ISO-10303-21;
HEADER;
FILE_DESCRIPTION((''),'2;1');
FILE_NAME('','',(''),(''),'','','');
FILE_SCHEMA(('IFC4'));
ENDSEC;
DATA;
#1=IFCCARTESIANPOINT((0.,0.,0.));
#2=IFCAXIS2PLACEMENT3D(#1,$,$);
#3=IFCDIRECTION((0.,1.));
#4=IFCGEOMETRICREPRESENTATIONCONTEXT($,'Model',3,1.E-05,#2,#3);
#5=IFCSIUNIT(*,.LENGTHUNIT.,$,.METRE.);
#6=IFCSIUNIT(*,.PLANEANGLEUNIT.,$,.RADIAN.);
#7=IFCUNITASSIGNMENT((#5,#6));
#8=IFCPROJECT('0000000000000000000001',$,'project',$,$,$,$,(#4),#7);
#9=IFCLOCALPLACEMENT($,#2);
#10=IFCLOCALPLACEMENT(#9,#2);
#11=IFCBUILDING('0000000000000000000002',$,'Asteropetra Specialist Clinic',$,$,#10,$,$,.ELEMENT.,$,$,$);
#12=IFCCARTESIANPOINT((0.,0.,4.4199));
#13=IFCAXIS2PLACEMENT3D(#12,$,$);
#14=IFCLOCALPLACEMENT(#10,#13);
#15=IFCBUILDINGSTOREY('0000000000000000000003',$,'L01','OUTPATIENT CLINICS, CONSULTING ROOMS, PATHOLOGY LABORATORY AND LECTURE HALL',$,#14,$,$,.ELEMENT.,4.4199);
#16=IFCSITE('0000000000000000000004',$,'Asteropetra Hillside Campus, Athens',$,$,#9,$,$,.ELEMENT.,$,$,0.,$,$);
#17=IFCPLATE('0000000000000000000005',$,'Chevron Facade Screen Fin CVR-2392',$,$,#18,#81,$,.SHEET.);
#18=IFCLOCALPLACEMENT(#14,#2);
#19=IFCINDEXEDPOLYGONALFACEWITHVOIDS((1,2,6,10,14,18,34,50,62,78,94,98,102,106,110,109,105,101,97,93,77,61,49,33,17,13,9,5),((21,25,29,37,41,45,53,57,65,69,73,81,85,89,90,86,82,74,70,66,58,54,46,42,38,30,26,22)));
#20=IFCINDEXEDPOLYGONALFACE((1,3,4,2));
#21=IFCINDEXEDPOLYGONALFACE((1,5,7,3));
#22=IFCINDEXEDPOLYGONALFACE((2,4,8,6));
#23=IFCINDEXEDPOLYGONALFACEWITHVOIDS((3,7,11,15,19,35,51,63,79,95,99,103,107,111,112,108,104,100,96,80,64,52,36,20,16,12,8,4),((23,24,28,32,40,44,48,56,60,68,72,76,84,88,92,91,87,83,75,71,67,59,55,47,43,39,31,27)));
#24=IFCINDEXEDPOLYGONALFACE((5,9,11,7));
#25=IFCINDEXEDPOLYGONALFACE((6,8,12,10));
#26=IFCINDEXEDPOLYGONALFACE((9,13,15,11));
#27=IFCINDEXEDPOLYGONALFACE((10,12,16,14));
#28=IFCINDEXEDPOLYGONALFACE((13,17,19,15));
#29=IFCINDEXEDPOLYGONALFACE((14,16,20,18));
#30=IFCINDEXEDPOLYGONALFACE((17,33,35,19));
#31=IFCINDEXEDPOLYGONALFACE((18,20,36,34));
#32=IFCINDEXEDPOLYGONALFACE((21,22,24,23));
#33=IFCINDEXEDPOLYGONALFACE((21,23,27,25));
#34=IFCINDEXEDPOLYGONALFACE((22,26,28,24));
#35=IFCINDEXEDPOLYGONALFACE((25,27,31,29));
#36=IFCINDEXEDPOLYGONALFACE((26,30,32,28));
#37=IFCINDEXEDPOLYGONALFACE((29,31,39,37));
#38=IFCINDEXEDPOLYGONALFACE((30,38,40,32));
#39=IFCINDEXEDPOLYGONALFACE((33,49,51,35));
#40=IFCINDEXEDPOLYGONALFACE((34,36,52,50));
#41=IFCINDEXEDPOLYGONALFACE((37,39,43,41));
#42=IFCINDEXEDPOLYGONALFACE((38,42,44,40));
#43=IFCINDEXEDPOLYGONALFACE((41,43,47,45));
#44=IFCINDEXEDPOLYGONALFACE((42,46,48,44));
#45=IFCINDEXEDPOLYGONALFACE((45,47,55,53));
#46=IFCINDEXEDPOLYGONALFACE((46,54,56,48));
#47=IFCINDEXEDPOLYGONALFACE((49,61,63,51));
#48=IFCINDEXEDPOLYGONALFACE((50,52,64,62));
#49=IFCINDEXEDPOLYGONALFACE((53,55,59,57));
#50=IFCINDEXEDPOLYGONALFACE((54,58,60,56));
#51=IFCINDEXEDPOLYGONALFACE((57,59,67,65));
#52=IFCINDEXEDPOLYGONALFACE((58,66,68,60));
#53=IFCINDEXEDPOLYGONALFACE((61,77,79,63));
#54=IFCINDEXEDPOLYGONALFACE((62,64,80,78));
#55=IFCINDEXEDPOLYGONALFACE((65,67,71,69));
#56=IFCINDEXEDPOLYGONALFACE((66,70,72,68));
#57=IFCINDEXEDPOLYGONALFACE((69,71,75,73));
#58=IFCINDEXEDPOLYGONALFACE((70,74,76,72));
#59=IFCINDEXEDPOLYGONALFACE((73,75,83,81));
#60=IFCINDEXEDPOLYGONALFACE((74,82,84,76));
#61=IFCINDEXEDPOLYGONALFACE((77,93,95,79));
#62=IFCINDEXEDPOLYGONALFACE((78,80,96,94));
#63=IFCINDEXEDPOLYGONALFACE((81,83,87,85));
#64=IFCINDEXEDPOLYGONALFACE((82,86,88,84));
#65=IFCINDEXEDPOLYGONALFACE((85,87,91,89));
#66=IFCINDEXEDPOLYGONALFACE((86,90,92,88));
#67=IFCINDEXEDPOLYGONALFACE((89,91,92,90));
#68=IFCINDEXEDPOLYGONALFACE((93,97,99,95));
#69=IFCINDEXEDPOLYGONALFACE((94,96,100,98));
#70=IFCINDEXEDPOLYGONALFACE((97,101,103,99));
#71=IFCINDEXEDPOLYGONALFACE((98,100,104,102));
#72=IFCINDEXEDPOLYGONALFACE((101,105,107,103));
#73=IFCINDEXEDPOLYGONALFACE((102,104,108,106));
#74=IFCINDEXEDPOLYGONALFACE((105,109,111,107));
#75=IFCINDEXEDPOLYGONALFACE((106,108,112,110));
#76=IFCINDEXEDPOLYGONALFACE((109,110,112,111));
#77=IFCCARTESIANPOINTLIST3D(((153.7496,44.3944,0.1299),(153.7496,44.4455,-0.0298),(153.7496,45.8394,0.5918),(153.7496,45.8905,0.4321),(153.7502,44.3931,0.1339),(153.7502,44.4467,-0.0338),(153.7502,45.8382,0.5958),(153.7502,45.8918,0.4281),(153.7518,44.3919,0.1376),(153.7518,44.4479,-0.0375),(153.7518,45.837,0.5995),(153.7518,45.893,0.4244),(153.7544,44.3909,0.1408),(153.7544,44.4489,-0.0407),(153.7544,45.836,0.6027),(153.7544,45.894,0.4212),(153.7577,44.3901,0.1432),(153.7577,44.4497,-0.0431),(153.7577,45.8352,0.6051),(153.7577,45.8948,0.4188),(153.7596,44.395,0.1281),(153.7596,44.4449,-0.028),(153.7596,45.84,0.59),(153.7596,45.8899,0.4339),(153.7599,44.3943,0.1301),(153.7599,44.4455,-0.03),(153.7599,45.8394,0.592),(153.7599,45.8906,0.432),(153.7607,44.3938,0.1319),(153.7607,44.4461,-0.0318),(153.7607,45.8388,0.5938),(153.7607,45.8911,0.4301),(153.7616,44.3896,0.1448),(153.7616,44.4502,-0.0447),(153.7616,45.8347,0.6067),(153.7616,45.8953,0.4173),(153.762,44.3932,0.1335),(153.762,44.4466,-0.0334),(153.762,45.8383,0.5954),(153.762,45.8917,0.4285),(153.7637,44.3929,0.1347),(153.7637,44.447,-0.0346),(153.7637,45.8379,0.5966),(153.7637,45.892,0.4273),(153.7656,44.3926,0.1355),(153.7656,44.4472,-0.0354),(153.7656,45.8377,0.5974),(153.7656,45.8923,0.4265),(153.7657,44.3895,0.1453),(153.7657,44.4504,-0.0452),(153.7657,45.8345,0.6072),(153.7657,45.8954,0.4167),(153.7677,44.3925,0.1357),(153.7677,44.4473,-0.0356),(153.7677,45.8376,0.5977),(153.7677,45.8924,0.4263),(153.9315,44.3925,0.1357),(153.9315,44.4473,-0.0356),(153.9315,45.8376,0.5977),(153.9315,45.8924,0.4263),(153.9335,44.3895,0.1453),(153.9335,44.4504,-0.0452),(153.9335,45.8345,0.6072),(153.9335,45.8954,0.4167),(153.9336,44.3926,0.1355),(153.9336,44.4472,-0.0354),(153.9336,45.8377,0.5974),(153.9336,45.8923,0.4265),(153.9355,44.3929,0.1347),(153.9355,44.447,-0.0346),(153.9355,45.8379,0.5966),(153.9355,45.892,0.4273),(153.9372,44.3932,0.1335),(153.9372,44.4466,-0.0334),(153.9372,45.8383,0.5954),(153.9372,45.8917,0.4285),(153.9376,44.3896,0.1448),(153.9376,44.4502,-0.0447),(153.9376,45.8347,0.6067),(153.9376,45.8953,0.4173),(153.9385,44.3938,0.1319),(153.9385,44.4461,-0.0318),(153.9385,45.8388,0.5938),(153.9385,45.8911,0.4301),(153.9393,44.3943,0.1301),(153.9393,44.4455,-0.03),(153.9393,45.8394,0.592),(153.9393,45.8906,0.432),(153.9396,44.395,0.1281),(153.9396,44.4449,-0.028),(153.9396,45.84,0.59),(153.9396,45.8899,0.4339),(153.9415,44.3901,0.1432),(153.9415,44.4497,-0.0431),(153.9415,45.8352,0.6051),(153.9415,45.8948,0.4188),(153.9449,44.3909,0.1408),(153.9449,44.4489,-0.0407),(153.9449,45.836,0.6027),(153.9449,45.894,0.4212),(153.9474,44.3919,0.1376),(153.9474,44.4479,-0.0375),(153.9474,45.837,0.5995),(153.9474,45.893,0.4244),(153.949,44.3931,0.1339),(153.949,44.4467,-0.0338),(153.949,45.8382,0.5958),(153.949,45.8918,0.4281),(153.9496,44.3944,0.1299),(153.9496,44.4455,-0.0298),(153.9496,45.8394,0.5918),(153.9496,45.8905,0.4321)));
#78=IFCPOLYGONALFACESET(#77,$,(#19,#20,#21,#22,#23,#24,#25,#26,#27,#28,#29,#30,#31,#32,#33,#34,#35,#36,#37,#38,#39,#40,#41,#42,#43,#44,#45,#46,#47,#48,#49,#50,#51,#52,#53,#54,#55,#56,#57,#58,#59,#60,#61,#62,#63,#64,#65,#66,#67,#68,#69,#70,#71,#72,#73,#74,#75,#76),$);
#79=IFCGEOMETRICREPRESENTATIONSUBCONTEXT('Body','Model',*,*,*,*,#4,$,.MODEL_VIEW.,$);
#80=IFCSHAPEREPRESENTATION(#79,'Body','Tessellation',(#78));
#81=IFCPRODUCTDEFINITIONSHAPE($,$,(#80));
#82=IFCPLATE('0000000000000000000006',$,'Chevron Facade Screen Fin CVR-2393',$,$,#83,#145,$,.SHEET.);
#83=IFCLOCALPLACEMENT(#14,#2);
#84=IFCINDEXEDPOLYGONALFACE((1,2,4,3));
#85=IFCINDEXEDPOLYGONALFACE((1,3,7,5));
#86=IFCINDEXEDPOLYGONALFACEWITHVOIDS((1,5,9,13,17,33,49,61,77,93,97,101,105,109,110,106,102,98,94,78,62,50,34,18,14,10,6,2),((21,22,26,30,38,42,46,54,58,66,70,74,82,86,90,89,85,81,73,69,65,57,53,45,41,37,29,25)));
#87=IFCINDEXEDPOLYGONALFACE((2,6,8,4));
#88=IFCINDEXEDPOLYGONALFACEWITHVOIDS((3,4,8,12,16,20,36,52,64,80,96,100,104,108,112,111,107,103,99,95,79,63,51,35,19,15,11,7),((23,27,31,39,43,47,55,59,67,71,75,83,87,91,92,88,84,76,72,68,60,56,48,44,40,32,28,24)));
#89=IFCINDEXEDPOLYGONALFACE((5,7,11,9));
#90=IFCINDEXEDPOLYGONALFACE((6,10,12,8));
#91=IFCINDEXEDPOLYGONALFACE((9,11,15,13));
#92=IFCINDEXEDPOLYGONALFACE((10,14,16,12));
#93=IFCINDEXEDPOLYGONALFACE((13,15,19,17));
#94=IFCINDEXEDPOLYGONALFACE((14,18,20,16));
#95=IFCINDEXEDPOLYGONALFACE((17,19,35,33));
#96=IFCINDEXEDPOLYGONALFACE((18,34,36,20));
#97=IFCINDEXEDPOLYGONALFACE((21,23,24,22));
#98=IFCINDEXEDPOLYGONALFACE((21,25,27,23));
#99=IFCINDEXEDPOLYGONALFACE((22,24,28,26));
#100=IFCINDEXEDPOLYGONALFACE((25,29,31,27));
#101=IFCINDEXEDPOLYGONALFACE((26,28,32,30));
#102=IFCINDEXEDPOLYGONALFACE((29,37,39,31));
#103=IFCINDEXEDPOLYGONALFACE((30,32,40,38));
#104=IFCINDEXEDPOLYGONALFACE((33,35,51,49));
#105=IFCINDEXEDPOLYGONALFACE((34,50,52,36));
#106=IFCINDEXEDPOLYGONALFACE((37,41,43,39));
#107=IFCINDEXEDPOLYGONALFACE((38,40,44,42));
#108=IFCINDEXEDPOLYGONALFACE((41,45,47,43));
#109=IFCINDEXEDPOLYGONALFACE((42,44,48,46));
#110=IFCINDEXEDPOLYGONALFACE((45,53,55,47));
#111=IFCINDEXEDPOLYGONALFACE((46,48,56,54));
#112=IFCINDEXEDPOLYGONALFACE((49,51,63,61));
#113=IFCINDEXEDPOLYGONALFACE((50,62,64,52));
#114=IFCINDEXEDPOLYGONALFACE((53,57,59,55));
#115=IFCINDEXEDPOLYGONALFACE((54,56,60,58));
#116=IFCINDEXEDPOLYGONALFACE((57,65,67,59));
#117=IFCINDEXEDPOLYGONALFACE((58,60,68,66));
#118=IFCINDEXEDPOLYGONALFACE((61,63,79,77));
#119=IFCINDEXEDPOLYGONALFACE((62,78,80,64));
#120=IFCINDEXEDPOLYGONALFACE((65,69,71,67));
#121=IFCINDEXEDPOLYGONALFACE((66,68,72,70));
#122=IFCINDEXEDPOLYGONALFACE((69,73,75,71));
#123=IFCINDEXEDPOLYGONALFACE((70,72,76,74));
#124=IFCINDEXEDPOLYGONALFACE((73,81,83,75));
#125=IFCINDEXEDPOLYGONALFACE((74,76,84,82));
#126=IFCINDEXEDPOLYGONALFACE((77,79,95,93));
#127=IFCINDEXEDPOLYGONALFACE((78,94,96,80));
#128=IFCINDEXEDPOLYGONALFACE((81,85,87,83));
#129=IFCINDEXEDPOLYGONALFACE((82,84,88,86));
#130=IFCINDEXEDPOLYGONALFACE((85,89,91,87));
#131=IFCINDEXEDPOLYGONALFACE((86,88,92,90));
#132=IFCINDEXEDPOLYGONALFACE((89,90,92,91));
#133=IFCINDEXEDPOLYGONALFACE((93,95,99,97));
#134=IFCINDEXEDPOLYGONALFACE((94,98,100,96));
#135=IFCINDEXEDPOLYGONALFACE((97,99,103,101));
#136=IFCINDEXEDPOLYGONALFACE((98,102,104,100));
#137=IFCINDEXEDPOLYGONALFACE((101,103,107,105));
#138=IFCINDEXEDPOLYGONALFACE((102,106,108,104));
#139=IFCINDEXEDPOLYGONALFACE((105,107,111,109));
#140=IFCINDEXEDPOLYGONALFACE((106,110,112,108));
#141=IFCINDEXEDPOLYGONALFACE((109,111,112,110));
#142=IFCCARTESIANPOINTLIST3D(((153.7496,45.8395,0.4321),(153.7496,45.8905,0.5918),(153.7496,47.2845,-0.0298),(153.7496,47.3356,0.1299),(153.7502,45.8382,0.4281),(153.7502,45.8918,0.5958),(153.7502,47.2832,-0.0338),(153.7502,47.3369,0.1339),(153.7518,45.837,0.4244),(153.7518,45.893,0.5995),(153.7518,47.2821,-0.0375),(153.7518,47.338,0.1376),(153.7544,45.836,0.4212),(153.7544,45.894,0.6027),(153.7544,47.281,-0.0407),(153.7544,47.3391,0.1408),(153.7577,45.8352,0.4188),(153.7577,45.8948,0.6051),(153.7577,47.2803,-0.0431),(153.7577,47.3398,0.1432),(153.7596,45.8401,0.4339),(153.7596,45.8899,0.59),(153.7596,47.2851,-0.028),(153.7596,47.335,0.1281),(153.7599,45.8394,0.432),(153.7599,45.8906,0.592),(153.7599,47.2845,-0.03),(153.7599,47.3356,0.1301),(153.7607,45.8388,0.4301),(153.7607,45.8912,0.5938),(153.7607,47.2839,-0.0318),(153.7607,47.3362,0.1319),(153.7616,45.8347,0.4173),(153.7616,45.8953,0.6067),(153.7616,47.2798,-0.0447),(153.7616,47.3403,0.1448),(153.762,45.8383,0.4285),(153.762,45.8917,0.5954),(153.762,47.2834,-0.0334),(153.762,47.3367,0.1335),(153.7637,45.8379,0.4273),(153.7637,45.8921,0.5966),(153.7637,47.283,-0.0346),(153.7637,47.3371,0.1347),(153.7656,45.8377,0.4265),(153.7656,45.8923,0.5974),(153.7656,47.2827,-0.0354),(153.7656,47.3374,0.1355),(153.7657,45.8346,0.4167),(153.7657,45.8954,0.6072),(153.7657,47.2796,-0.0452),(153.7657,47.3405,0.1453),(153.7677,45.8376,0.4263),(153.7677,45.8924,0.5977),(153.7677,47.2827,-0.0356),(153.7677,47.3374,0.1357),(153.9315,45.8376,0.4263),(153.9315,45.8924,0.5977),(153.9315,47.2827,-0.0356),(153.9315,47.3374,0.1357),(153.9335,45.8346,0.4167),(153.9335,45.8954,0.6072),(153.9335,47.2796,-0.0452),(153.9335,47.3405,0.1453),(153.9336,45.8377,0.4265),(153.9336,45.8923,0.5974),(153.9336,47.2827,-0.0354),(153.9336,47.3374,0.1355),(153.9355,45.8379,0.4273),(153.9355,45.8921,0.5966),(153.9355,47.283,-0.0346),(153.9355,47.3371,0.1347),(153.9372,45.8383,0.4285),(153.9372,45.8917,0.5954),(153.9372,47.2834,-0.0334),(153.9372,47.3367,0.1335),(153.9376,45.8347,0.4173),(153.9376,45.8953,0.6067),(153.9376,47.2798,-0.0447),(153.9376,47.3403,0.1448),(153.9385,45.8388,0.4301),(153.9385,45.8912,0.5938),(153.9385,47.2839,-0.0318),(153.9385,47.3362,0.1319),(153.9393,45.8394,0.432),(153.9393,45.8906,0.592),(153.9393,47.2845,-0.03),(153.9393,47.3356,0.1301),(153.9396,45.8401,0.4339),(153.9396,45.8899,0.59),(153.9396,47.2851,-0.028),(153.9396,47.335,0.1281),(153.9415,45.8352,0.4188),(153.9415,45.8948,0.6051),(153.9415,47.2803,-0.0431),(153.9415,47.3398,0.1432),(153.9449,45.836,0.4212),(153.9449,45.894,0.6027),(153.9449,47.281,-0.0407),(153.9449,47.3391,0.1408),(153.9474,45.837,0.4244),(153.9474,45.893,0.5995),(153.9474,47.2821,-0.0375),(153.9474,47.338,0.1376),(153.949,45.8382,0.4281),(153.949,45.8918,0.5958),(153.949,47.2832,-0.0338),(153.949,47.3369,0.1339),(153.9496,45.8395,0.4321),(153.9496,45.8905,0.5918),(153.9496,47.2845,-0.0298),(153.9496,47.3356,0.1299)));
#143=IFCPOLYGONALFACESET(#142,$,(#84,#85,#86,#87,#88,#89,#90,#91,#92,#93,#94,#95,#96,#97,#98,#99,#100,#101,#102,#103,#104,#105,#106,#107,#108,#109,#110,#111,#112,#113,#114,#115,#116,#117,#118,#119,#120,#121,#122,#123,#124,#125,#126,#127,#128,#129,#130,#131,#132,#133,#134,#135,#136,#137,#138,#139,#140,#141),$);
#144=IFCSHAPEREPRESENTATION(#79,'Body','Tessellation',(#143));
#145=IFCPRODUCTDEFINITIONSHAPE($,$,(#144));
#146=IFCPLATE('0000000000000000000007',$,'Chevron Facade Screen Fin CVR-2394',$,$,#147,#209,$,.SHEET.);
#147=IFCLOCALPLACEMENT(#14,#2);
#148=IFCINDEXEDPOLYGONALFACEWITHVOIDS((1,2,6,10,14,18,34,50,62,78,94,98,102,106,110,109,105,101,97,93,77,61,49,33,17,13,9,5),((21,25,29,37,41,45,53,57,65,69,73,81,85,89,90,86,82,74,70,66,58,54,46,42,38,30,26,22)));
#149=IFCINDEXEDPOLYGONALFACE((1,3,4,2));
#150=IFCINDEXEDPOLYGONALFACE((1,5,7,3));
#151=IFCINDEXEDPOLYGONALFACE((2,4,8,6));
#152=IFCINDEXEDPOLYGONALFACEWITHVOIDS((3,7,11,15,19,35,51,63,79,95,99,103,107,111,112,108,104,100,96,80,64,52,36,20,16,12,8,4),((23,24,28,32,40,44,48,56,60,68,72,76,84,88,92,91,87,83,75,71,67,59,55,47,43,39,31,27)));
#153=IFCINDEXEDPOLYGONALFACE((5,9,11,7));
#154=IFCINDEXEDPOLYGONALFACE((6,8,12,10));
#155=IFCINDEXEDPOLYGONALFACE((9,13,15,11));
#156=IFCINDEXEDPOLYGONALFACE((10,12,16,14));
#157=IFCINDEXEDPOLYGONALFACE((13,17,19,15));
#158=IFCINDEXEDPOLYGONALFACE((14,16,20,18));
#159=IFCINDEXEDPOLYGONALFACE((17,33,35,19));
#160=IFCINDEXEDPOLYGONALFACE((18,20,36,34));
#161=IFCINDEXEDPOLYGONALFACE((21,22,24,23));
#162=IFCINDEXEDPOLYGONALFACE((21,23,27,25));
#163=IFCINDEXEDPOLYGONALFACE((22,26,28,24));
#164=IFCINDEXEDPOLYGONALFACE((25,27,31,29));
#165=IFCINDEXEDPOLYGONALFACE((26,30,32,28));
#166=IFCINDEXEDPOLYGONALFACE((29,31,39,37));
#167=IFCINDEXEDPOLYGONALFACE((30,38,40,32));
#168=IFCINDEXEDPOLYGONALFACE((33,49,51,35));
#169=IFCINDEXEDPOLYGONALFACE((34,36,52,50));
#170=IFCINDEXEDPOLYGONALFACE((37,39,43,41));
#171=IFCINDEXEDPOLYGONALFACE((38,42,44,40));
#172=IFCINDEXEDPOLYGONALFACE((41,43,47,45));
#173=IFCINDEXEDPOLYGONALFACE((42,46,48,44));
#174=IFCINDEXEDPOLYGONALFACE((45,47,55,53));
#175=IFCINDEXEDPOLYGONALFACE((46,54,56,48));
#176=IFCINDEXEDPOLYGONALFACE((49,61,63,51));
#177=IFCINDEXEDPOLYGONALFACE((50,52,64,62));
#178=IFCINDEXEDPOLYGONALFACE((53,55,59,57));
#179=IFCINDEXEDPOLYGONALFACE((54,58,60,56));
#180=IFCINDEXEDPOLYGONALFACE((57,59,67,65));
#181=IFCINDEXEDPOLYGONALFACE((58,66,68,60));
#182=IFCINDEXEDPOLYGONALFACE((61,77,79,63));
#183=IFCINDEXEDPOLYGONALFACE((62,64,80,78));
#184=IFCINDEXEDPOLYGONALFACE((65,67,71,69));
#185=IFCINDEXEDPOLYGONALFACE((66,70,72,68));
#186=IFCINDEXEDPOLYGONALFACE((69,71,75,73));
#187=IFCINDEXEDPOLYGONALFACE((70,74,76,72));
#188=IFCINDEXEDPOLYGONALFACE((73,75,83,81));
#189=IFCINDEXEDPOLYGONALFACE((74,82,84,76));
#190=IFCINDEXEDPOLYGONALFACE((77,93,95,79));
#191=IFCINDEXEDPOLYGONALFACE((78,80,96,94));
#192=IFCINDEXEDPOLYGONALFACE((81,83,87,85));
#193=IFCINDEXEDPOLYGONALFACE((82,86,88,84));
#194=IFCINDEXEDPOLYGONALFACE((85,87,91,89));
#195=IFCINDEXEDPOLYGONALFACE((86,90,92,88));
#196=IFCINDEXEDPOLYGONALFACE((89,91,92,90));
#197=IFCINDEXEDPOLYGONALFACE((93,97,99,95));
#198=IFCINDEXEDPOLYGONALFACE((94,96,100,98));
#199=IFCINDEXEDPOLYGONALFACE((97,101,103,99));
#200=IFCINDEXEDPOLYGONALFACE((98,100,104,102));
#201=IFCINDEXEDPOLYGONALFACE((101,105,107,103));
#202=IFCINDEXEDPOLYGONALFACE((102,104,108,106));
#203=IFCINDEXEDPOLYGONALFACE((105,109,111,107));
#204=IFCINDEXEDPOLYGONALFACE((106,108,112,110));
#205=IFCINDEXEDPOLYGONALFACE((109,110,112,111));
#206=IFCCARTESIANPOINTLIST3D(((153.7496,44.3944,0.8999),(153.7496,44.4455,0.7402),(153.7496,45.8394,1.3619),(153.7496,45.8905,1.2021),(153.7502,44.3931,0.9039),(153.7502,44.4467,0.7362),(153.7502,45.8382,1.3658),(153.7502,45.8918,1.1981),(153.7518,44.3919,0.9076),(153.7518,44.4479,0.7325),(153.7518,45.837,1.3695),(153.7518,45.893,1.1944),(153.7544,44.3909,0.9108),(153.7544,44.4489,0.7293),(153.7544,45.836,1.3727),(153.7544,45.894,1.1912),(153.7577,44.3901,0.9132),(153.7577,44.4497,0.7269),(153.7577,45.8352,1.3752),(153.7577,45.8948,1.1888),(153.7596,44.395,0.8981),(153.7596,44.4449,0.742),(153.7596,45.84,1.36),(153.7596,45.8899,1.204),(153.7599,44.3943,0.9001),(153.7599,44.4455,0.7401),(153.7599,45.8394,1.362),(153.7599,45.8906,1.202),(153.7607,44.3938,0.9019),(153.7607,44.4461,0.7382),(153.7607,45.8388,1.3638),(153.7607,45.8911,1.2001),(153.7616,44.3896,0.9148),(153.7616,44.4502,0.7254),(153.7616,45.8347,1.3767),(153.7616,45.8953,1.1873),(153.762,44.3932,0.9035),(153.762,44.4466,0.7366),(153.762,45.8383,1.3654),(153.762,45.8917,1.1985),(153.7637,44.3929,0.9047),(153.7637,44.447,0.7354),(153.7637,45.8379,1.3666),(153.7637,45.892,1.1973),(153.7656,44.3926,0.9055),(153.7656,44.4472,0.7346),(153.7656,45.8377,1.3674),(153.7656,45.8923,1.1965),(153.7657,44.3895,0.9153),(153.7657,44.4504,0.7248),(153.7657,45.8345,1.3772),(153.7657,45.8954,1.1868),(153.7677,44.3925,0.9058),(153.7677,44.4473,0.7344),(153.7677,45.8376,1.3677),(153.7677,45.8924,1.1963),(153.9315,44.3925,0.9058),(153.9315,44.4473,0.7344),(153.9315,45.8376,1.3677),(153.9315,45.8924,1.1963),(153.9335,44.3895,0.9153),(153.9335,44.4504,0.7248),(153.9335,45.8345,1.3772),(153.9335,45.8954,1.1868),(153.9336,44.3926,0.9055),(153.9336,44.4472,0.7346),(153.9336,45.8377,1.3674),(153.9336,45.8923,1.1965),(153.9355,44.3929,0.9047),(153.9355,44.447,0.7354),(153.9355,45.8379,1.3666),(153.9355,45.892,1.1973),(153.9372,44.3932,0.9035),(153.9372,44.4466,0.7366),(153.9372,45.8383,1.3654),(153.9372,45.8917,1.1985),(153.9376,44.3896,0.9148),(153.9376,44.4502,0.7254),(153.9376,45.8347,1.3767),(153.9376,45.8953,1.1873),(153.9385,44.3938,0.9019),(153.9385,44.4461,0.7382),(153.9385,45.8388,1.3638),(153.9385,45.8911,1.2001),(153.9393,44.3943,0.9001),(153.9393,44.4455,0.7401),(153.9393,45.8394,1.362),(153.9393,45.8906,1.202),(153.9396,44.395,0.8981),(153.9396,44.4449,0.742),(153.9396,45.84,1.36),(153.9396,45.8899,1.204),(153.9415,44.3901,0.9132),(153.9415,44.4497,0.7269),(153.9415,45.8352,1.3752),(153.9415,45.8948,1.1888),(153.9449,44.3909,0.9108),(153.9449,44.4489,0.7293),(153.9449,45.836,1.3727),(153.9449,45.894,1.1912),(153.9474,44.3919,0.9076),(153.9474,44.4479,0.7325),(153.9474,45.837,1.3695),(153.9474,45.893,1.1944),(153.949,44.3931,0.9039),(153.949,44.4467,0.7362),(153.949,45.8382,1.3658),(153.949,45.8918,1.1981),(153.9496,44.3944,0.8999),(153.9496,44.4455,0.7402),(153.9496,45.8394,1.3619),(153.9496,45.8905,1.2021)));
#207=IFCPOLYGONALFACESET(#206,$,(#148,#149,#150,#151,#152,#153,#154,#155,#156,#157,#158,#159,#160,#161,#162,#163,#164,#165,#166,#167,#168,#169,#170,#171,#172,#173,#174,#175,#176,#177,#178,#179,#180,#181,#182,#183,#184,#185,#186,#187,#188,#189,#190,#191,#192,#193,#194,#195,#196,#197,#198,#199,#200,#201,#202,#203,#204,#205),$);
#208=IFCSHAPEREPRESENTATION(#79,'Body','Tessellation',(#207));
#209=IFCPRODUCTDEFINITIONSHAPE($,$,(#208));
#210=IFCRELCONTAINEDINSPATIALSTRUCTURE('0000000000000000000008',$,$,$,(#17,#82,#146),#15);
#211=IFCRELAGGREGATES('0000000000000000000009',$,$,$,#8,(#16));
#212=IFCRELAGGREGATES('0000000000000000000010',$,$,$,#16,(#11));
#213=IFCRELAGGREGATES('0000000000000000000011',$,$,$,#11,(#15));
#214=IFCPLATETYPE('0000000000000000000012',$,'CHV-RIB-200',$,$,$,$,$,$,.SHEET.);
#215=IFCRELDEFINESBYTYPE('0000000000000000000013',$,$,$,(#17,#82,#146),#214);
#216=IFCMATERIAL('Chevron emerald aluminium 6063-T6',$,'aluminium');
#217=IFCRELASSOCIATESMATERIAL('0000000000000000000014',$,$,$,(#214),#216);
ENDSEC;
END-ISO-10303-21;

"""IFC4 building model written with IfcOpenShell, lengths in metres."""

from ifc_helpers import new_model, si_unit, direction, frame, origin, origin_2d, place, context, subcontext, project, spatial, hollow_rectangle, extrude, material, material_profile, profile_set, type_object, element, save


model = new_model("IFC4")

# Units and contexts
model_context = context("Model", 3, precision=1e-05, world=origin(), true_north=direction((0.0, 1.0)))
body_context = subcontext(model_context, "Body", "Model", "MODEL_VIEW")
ifc_project = project(units=[si_unit("LENGTHUNIT", "METRE"), si_unit("PLANEANGLEUNIT", "RADIAN")], contexts=[model_context])

# Site, building, storey
site_placement = place(None, origin())
site = spatial("IfcSite", under=ifc_project, at=site_placement, Name="Asteropetra Hillside Campus, Athens", CompositionType="ELEMENT", RefElevation=0.0)
building_placement = place(site_placement, origin())
building = spatial("IfcBuilding", under=site, at=building_placement, Name="Asteropetra Specialist Clinic", CompositionType="ELEMENT")
storey_placement = place(building_placement, frame((0.0, 0.0, 4.4199)))
storey = spatial("IfcBuildingStorey", under=building, at=storey_placement, Name="L01", Description="OUTPATIENT CLINICS, CONSULTING ROOMS, PATHOLOGY LABORATORY AND LECTURE HALL", CompositionType="ELEMENT", Elevation=4.4199)

# Plates
ifc_material_1 = material(Name="Chevron emerald aluminium 6063-T6", Category="aluminium")
ifc_material_profile = material_profile(ifc_material_1, hollow_rectangle(XDim=0.2, YDim=0.2, WallThickness=0.01, InnerFilletRadius=0.0081, OuterFilletRadius=0.0161, at=origin_2d()), Name="SHS 200x200x10.0")
ifc_profile_set = profile_set([ifc_material_profile], Name="Chevron emerald aluminium 6063-T6")
plate_type = type_object("IfcPlateType", Name="CHV-RIB-200", PredefinedType="SHEET", material=ifc_profile_set)
for number, where, z_axis, x_axis, name in (
    (1, (153.8496, 44.4199, 0.05), (0.0, 0.952521, 0.304472), (-1.0, 0.0, 0.0), "Chevron Facade Screen Fin CVR-2392"),
    (2, (153.8496, 45.865, 0.512), (0.0, 0.952521, -0.304472), (-1.0, 0.0, 0.0), "Chevron Facade Screen Fin CVR-2393"),
    (3, (153.8496, 44.4199, 0.8201), (0.0, 0.952521, 0.304472), (-1.0, 0.0, 0.0), "Chevron Facade Screen Fin CVR-2394"),
):
    element("IfcPlate", number, at=place(storey_placement, frame(where, z_axis=z_axis, x_axis=x_axis)), inside=storey, type_object=plate_type, Name=name, PredefinedType="SHEET", context=body_context, shape_type="SweptSolid", body=[
        extrude(hollow_rectangle(XDim=0.2, YDim=0.2, WallThickness=0.01, InnerFilletRadius=0.0081, OuterFilletRadius=0.0161, at=origin_2d()), origin(), (0.0, 0.0, 1.0), 1.5171),
    ])

save(model, "model.ifc")
